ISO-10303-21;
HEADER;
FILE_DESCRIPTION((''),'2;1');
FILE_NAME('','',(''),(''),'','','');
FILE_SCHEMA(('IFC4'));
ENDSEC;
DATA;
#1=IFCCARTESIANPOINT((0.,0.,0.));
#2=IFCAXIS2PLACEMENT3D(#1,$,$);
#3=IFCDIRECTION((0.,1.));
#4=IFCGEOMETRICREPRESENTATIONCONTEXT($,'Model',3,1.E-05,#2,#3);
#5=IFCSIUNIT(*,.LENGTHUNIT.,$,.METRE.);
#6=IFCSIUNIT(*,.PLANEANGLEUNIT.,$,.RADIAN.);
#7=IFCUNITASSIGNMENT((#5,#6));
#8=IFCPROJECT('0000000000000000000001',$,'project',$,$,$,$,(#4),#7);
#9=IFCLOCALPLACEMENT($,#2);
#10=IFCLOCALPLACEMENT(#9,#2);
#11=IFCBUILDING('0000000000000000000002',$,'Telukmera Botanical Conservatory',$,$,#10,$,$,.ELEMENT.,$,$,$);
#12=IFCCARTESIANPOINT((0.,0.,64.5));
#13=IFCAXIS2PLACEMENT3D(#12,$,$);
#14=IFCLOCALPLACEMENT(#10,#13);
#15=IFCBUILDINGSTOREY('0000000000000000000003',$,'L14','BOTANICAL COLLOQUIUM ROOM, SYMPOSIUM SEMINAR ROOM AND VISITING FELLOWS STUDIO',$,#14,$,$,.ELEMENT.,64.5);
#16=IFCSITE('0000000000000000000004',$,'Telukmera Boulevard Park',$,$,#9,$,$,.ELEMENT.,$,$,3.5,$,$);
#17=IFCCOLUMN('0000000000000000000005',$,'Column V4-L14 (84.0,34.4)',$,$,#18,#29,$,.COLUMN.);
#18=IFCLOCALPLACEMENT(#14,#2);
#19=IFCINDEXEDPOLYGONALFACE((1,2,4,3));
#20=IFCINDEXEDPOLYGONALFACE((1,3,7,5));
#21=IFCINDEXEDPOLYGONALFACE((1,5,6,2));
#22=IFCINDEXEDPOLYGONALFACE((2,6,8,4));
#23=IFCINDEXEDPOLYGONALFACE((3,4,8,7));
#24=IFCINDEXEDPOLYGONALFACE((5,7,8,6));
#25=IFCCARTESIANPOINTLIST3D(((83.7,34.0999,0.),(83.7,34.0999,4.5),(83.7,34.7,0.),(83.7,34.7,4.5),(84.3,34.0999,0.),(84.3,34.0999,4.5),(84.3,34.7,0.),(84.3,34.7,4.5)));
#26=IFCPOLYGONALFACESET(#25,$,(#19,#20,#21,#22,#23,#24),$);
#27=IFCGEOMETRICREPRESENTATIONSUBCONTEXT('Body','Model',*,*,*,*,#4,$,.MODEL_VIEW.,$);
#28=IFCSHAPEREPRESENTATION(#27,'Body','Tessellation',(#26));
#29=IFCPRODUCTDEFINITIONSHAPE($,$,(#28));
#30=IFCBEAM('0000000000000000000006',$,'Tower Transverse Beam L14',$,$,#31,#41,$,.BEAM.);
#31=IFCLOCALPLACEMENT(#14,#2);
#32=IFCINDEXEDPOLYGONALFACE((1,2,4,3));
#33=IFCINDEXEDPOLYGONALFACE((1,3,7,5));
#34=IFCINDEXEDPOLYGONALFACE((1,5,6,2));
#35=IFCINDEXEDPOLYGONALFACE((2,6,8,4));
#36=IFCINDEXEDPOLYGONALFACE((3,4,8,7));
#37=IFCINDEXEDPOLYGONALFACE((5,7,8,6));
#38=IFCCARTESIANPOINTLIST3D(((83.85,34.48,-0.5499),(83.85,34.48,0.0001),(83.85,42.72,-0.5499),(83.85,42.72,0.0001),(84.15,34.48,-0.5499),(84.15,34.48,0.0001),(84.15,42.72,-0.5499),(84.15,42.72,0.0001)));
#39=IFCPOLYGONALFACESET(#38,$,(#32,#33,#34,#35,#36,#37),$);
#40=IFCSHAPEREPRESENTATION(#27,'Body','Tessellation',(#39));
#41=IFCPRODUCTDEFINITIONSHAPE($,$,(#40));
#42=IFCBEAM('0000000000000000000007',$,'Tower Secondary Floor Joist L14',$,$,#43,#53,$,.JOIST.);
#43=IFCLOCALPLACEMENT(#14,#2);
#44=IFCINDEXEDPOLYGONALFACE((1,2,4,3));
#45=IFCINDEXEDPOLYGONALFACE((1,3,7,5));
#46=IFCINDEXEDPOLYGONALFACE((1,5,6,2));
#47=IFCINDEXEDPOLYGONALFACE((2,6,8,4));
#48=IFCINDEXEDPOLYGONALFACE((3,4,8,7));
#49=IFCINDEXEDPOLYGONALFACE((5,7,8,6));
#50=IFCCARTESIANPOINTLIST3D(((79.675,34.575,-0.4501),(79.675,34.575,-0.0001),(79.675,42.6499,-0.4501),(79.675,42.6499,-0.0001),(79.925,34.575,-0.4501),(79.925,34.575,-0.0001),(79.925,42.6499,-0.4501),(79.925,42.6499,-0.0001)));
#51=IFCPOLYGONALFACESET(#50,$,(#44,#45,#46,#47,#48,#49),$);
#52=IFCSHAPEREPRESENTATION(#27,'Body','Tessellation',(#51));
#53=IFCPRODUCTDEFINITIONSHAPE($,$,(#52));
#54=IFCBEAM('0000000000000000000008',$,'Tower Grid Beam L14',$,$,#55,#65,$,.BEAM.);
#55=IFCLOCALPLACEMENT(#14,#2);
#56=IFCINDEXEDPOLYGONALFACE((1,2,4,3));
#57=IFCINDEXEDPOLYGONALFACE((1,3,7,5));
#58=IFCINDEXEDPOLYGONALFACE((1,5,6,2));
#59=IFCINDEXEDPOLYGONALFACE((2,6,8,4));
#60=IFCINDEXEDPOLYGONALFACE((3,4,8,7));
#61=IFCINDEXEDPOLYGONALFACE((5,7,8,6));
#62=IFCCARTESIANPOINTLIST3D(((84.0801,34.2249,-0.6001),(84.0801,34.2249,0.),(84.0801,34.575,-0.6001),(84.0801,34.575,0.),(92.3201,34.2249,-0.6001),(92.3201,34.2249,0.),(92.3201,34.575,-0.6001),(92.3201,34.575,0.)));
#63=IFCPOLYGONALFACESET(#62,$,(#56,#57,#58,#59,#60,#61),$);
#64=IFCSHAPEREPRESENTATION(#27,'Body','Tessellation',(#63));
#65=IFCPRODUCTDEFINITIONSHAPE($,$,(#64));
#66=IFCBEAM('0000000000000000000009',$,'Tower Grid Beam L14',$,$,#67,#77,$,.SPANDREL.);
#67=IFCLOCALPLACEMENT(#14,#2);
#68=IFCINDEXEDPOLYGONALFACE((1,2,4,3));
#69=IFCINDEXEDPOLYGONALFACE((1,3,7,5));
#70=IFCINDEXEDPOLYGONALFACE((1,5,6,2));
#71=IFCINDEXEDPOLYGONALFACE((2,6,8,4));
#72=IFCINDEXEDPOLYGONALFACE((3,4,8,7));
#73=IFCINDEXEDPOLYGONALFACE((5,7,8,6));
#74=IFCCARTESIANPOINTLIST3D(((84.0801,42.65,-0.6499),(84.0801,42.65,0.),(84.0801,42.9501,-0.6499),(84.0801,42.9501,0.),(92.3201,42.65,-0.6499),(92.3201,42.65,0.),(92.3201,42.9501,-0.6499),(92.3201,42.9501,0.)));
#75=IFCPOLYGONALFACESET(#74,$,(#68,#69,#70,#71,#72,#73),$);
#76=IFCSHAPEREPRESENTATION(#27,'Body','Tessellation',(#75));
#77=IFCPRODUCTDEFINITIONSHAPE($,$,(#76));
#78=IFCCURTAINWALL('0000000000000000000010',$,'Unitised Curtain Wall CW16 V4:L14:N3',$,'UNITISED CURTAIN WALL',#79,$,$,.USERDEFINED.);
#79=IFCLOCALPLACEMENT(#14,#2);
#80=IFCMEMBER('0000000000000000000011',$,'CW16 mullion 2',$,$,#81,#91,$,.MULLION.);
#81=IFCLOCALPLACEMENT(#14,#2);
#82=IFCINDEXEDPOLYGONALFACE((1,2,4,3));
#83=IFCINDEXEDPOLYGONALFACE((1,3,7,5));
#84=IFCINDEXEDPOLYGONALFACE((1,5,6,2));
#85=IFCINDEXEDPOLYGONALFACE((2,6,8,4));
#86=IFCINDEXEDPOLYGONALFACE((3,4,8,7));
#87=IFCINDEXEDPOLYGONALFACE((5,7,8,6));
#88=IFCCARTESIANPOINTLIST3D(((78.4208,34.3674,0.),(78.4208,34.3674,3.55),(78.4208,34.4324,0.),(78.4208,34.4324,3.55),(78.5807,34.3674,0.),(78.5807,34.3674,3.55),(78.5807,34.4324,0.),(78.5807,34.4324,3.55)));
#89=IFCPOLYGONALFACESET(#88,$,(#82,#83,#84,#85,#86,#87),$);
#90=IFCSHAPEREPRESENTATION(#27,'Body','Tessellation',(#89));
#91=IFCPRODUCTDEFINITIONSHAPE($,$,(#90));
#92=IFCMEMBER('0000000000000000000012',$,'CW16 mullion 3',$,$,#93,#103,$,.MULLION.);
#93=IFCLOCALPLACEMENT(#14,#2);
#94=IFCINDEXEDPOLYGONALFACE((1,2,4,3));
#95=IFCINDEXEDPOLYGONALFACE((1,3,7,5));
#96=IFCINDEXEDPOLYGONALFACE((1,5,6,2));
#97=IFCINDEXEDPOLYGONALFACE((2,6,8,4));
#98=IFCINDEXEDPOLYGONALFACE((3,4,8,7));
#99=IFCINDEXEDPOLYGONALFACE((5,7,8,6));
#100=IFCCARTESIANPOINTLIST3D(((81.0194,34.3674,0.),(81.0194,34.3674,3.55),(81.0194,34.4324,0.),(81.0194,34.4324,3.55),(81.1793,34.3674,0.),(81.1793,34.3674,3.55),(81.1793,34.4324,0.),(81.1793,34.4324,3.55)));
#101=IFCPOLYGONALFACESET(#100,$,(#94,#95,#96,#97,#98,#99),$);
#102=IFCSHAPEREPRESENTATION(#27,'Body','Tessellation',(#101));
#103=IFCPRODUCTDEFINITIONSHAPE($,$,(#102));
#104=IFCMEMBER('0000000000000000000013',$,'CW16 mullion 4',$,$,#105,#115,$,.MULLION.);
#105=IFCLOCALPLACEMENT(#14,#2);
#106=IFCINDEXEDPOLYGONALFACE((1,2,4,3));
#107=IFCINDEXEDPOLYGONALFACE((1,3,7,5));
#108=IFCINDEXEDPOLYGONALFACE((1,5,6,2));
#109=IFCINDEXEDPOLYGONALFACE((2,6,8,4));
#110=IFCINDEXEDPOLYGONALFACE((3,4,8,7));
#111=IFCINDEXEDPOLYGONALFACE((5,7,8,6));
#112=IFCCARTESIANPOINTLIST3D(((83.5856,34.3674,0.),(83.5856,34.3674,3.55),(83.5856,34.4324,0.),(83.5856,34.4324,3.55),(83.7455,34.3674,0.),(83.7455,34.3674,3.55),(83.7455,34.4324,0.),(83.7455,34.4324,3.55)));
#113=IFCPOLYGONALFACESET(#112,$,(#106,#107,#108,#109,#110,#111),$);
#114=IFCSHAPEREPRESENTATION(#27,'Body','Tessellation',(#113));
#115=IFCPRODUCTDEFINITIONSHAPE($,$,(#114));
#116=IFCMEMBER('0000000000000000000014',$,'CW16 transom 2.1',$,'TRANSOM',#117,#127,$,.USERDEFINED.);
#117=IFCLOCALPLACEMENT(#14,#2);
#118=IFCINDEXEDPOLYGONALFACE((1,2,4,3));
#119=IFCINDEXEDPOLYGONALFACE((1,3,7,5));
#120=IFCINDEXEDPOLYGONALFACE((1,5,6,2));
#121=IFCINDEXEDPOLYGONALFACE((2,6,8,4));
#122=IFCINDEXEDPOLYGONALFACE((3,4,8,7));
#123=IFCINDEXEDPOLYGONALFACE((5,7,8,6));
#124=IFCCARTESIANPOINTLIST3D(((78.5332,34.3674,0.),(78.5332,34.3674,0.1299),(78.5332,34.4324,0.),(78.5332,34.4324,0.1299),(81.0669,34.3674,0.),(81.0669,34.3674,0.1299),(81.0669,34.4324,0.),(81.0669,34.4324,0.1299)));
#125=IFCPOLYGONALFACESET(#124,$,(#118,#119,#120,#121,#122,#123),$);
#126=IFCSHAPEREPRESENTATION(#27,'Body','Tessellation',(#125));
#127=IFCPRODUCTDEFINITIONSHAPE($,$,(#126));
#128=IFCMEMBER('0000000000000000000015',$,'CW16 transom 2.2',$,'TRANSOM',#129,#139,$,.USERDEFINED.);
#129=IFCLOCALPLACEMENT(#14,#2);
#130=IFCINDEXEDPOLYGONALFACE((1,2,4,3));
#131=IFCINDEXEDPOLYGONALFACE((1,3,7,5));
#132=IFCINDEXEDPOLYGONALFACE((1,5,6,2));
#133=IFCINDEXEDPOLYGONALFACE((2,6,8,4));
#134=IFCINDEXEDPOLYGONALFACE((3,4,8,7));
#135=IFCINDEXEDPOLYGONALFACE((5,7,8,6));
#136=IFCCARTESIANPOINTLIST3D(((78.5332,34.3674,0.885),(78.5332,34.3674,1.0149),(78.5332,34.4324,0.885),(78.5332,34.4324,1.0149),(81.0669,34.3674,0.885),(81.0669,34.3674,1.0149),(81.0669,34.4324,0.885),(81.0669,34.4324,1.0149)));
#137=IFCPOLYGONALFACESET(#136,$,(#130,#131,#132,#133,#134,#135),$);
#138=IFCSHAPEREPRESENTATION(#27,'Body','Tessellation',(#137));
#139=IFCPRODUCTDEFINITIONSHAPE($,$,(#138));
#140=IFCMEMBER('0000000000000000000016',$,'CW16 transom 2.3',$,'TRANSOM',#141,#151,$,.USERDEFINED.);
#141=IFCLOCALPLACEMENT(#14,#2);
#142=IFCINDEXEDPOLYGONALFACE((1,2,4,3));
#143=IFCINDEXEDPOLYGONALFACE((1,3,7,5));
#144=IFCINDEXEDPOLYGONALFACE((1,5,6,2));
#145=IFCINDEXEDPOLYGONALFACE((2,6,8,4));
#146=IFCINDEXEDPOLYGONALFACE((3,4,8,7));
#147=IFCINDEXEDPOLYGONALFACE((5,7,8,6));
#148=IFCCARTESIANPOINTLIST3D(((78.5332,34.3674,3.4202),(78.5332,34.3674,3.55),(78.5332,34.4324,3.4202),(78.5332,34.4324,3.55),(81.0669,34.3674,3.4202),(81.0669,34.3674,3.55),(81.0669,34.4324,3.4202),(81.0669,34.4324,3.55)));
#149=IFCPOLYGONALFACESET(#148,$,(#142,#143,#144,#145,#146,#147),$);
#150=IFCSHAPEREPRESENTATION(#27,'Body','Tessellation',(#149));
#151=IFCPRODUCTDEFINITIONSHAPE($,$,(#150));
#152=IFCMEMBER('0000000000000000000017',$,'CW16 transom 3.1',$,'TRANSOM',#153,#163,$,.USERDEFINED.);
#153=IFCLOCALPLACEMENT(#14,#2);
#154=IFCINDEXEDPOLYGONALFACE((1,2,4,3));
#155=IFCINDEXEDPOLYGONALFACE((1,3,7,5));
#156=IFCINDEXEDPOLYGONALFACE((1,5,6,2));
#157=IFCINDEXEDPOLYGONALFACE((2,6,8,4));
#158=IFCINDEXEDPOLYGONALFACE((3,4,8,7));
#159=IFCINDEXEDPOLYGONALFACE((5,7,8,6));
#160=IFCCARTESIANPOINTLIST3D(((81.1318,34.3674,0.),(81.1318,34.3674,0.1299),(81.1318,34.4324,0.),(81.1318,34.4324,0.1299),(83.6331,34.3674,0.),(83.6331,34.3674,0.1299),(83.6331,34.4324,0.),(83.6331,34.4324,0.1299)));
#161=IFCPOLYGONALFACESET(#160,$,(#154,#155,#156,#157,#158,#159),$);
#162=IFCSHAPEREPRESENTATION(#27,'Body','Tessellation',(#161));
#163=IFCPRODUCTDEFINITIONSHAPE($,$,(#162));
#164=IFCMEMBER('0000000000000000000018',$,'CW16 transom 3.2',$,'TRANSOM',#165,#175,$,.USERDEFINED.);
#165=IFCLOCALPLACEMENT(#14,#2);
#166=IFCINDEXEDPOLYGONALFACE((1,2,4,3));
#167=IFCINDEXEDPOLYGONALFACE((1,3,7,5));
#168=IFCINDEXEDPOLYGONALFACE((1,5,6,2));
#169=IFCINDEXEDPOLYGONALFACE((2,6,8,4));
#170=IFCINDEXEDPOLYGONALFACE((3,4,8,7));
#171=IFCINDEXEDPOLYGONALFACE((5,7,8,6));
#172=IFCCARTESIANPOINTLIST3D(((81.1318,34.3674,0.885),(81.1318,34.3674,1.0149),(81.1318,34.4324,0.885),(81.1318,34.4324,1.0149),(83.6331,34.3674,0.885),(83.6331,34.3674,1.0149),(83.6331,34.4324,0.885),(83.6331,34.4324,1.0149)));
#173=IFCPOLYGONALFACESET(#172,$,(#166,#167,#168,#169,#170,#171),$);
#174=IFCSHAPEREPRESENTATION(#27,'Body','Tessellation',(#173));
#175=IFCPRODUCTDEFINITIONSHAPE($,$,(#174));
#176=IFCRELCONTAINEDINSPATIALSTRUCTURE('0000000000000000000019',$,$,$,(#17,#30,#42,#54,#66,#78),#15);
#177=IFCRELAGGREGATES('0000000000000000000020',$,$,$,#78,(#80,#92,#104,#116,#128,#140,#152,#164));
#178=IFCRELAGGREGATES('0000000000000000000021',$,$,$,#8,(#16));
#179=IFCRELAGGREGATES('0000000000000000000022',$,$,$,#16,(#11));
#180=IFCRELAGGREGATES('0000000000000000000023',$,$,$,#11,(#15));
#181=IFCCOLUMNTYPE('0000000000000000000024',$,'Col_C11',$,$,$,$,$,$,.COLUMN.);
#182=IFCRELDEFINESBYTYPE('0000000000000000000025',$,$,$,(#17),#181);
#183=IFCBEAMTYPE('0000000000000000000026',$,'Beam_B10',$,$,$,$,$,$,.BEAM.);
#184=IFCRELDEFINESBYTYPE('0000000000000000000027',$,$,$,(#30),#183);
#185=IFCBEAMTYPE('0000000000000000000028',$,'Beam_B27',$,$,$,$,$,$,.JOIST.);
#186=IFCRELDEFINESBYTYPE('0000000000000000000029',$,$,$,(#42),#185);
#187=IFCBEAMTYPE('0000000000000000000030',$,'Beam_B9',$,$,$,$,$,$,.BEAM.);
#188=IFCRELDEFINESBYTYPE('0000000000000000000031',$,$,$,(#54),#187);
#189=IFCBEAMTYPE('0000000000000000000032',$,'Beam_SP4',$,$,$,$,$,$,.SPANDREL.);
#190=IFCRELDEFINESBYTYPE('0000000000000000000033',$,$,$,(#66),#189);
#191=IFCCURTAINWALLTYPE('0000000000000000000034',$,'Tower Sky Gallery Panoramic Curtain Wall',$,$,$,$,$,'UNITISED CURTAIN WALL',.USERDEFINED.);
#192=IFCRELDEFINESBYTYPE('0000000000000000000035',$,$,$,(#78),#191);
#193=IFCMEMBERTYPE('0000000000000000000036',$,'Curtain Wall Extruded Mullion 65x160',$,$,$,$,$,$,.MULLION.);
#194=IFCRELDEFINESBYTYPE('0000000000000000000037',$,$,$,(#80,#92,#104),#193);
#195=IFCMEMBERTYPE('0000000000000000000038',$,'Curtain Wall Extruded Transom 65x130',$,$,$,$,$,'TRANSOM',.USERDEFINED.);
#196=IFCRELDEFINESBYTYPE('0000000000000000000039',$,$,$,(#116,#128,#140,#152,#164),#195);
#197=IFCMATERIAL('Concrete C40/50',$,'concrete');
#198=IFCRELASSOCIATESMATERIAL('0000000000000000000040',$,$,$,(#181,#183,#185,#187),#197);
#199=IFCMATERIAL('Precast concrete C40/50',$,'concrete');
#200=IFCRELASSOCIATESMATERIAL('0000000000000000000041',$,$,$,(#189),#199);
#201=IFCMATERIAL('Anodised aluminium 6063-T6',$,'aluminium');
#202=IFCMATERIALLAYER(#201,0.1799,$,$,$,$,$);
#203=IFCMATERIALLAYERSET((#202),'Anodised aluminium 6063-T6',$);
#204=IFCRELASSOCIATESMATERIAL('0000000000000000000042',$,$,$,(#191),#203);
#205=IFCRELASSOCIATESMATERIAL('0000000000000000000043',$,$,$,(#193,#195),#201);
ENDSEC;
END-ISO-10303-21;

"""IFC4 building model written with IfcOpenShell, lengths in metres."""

from ifc_helpers import new_model, si_unit, direction, frame, origin, origin_2d, place, context, subcontext, project, spatial, rectangle, extrude, material, layer, layer_set, material_profile, profile_set, type_object, element, aggregate, save


model = new_model("IFC4")

# Units and contexts
model_context = context("Model", 3, precision=1e-05, world=origin(), true_north=direction((0.0, 1.0)))
body_context = subcontext(model_context, "Body", "Model", "MODEL_VIEW")
ifc_project = project(units=[si_unit("LENGTHUNIT", "METRE"), si_unit("PLANEANGLEUNIT", "RADIAN")], contexts=[model_context])

# Site, building, storey
site_placement = place(None, origin())
site = spatial("IfcSite", under=ifc_project, at=site_placement, Name="Telukmera Boulevard Park", CompositionType="ELEMENT", RefElevation=3.5)
building_placement = place(site_placement, origin())
building = spatial("IfcBuilding", under=site, at=building_placement, Name="Telukmera Botanical Conservatory", CompositionType="ELEMENT")
storey_placement = place(building_placement, frame((0.0, 0.0, 64.5)))
storey = spatial("IfcBuildingStorey", under=building, at=storey_placement, Name="L14", Description="BOTANICAL COLLOQUIUM ROOM, SYMPOSIUM SEMINAR ROOM AND VISITING FELLOWS STUDIO", CompositionType="ELEMENT", Elevation=64.5)

# Column
ifc_material_1 = material(Name="Concrete C40/50", Category="concrete")
ifc_material_profile_1 = material_profile(ifc_material_1, rectangle(XDim=0.6001, YDim=0.6001, at=origin_2d()), Name="RC 600x600")
ifc_profile_set_1 = profile_set([ifc_material_profile_1], Name="Concrete C40/50")
column_type = type_object("IfcColumnType", Name="Col_C11", PredefinedType="COLUMN", material=ifc_profile_set_1)
column_placement = place(storey_placement, frame((84.0, 34.3999, 0.0), z_axis=(0.0, 0.0, 1.0), x_axis=(1.0, 0.0, 0.0)))
element("IfcColumn", 1, at=column_placement, inside=storey, type_object=column_type, Name="Column V4-L14 (84.0,34.4)", PredefinedType="COLUMN", context=body_context, shape_type="SweptSolid", body=[
    extrude(rectangle(XDim=0.6001, YDim=0.6001, at=origin_2d()), origin(), (0.0, 0.0, 1.0), 4.5),
])

# Beams
ifc_material_profile_2 = material_profile(ifc_material_1, rectangle(XDim=0.3, YDim=0.55, at=origin_2d()), Name="RC 300x550")
ifc_profile_set_2 = profile_set([ifc_material_profile_2], Name="Concrete C40/50")
beam_type_1 = type_object("IfcBeamType", Name="Beam_B10", PredefinedType="BEAM", material=ifc_profile_set_2)
beam_1_placement = place(storey_placement, frame((84.0, 34.48, -0.2749), z_axis=(0.0, 1.0, 0.0), x_axis=(-1.0, 0.0, 0.0)))
element("IfcBeam", 2, at=beam_1_placement, inside=storey, type_object=beam_type_1, Name="Tower Transverse Beam L14", PredefinedType="BEAM", context=body_context, shape_type="SweptSolid", body=[
    extrude(rectangle(XDim=0.3, YDim=0.55, at=origin_2d()), origin(), (0.0, 0.0, 1.0), 8.24),
])
ifc_material_profile_3 = material_profile(ifc_material_1, rectangle(XDim=0.25, YDim=0.45, at=origin_2d()), Name="RC 250x450")
ifc_profile_set_3 = profile_set([ifc_material_profile_3], Name="Concrete C40/50")
beam_type_2 = type_object("IfcBeamType", Name="Beam_B27", PredefinedType="JOIST", material=ifc_profile_set_3)
beam_2_placement = place(storey_placement, frame((79.8, 34.575, -0.2251), z_axis=(0.0, 1.0, 0.0), x_axis=(-1.0, 0.0, 0.0)))
element("IfcBeam", 3, at=beam_2_placement, inside=storey, type_object=beam_type_2, Name="Tower Secondary Floor Joist L14", PredefinedType="JOIST", context=body_context, shape_type="SweptSolid", body=[
    extrude(rectangle(XDim=0.25, YDim=0.45, at=origin_2d()), origin(), (0.0, 0.0, 1.0), 8.075),
])
ifc_material_profile_4 = material_profile(ifc_material_1, rectangle(XDim=0.3501, YDim=0.6001, at=origin_2d()), Name="RC 350x600")
ifc_profile_set_4 = profile_set([ifc_material_profile_4], Name="Concrete C40/50")
beam_type_3 = type_object("IfcBeamType", Name="Beam_B9", PredefinedType="BEAM", material=ifc_profile_set_4)
beam_3_placement = place(storey_placement, frame((84.0801, 34.3999, -0.3), z_axis=(1.0, 0.0, 0.0), x_axis=(0.0, 1.0, 0.0)))
element("IfcBeam", 4, at=beam_3_placement, inside=storey, type_object=beam_type_3, Name="Tower Grid Beam L14", PredefinedType="BEAM", context=body_context, shape_type="SweptSolid", body=[
    extrude(rectangle(XDim=0.3501, YDim=0.6001, at=origin_2d()), origin(), (0.0, 0.0, 1.0), 8.24),
])
ifc_material_2 = material(Name="Precast concrete C40/50", Category="concrete")
ifc_material_profile_5 = material_profile(ifc_material_2, rectangle(XDim=0.3, YDim=0.6499, at=origin_2d()), Name="PC 300x650")
ifc_profile_set_5 = profile_set([ifc_material_profile_5], Name="Precast concrete C40/50")
beam_type_4 = type_object("IfcBeamType", Name="Beam_SP4", PredefinedType="SPANDREL", material=ifc_profile_set_5)
beam_4_placement = place(storey_placement, frame((84.0801, 42.8, -0.325), z_axis=(1.0, 0.0, 0.0), x_axis=(0.0, 1.0, 0.0)))
element("IfcBeam", 5, at=beam_4_placement, inside=storey, type_object=beam_type_4, Name="Tower Grid Beam L14", PredefinedType="SPANDREL", context=body_context, shape_type="SweptSolid", body=[
    extrude(rectangle(XDim=0.3, YDim=0.6499, at=origin_2d()), origin(), (0.0, 0.0, 1.0), 8.24),
])

# Curtain wall, members
ifc_material_3 = material(Name="Anodised aluminium 6063-T6", Category="aluminium")
ifc_layer_1 = layer(ifc_material_3, 0.1799)
ifc_layer_set_1 = layer_set([ifc_layer_1], Name="Anodised aluminium 6063-T6")
curtain_wall_type = type_object("IfcCurtainWallType", Name="Tower Sky Gallery Panoramic Curtain Wall", ElementType="UNITISED CURTAIN WALL", PredefinedType="USERDEFINED", material=ifc_layer_set_1)
curtain_wall_placement = place(storey_placement, origin())
curtain_wall = element("IfcCurtainWall", 6, at=curtain_wall_placement, inside=storey, type_object=curtain_wall_type, Name="Unitised Curtain Wall CW16 V4:L14:N3", ObjectType="UNITISED CURTAIN WALL", PredefinedType="USERDEFINED")
ifc_material_profile_6 = material_profile(ifc_material_3, rectangle(XDim=0.0649, YDim=0.1599, at=origin_2d()), Name="ALU MULL 65x160")
ifc_profile_set_6 = profile_set([ifc_material_profile_6], Name="Anodised aluminium 6063-T6")
member_type_1 = type_object("IfcMemberType", Name="Curtain Wall Extruded Mullion 65x160", PredefinedType="MULLION", material=ifc_profile_set_6)
member_1_placement = place(storey_placement, frame((78.5007, 34.3999, 0.0), z_axis=(0.0, 0.0, 1.0), x_axis=(0.0, 1.0, 0.0)))
member_1 = element("IfcMember", 7, at=member_1_placement, type_object=member_type_1, Name="CW16 mullion 2", PredefinedType="MULLION", context=body_context, shape_type="SweptSolid", body=[
    extrude(rectangle(XDim=0.0649, YDim=0.1599, at=origin_2d()), origin(), (0.0, 0.0, 1.0), 3.55),
])
member_2_placement = place(storey_placement, frame((81.0994, 34.3999, 0.0), z_axis=(0.0, 0.0, 1.0), x_axis=(0.0, 1.0, 0.0)))
member_2 = element("IfcMember", 8, at=member_2_placement, type_object=member_type_1, Name="CW16 mullion 3", PredefinedType="MULLION", context=body_context, shape_type="SweptSolid", body=[
    extrude(rectangle(XDim=0.0649, YDim=0.1599, at=origin_2d()), origin(), (0.0, 0.0, 1.0), 3.55),
])
member_3_placement = place(storey_placement, frame((83.6655, 34.3999, 0.0), z_axis=(0.0, 0.0, 1.0), x_axis=(0.0, 1.0, 0.0)))
member_3 = element("IfcMember", 9, at=member_3_placement, type_object=member_type_1, Name="CW16 mullion 4", PredefinedType="MULLION", context=body_context, shape_type="SweptSolid", body=[
    extrude(rectangle(XDim=0.0649, YDim=0.1599, at=origin_2d()), origin(), (0.0, 0.0, 1.0), 3.55),
])
ifc_material_profile_7 = material_profile(ifc_material_3, rectangle(XDim=0.0649, YDim=0.1299, at=origin_2d()), Name="ALU TRAN 65x130")
ifc_profile_set_7 = profile_set([ifc_material_profile_7], Name="Anodised aluminium 6063-T6")
member_type_2 = type_object("IfcMemberType", Name="Curtain Wall Extruded Transom 65x130", ElementType="TRANSOM", PredefinedType="USERDEFINED", material=ifc_profile_set_7)
member_4_placement = place(storey_placement, frame((78.5332, 34.3999, 0.0649), z_axis=(1.0, 0.0, 0.0), x_axis=(0.0, 1.0, 0.0)))
member_4 = element("IfcMember", 10, at=member_4_placement, type_object=member_type_2, Name="CW16 transom 2.1", ObjectType="TRANSOM", PredefinedType="USERDEFINED", context=body_context, shape_type="SweptSolid", body=[
    extrude(rectangle(XDim=0.0649, YDim=0.1299, at=origin_2d()), origin(), (0.0, 0.0, 1.0), 2.5337),
])
member_5_placement = place(storey_placement, frame((78.5332, 34.3999, 0.95), z_axis=(1.0, 0.0, 0.0), x_axis=(0.0, 1.0, 0.0)))
member_5 = element("IfcMember", 11, at=member_5_placement, type_object=member_type_2, Name="CW16 transom 2.2", ObjectType="TRANSOM", PredefinedType="USERDEFINED", context=body_context, shape_type="SweptSolid", body=[
    extrude(rectangle(XDim=0.0649, YDim=0.1299, at=origin_2d()), origin(), (0.0, 0.0, 1.0), 2.5337),
])
member_6_placement = place(storey_placement, frame((78.5332, 34.3999, 3.4851), z_axis=(1.0, 0.0, 0.0), x_axis=(0.0, 1.0, 0.0)))
member_6 = element("IfcMember", 12, at=member_6_placement, type_object=member_type_2, Name="CW16 transom 2.3", ObjectType="TRANSOM", PredefinedType="USERDEFINED", context=body_context, shape_type="SweptSolid", body=[
    extrude(rectangle(XDim=0.0649, YDim=0.1299, at=origin_2d()), origin(), (0.0, 0.0, 1.0), 2.5337),
])
member_7_placement = place(storey_placement, frame((81.1318, 34.3999, 0.0649), z_axis=(1.0, 0.0, 0.0), x_axis=(0.0, 1.0, 0.0)))
member_7 = element("IfcMember", 13, at=member_7_placement, type_object=member_type_2, Name="CW16 transom 3.1", ObjectType="TRANSOM", PredefinedType="USERDEFINED", context=body_context, shape_type="SweptSolid", body=[
    extrude(rectangle(XDim=0.0649, YDim=0.1299, at=origin_2d()), origin(), (0.0, 0.0, 1.0), 2.5012),
])
member_8_placement = place(storey_placement, frame((81.1318, 34.3999, 0.95), z_axis=(1.0, 0.0, 0.0), x_axis=(0.0, 1.0, 0.0)))
member_8 = element("IfcMember", 14, at=member_8_placement, type_object=member_type_2, Name="CW16 transom 3.2", ObjectType="TRANSOM", PredefinedType="USERDEFINED", context=body_context, shape_type="SweptSolid", body=[
    extrude(rectangle(XDim=0.0649, YDim=0.1299, at=origin_2d()), origin(), (0.0, 0.0, 1.0), 2.5012),
])
aggregate(curtain_wall, [member_1, member_2, member_3, member_4, member_5, member_6, member_7, member_8])

save(model, "model.ifc")
